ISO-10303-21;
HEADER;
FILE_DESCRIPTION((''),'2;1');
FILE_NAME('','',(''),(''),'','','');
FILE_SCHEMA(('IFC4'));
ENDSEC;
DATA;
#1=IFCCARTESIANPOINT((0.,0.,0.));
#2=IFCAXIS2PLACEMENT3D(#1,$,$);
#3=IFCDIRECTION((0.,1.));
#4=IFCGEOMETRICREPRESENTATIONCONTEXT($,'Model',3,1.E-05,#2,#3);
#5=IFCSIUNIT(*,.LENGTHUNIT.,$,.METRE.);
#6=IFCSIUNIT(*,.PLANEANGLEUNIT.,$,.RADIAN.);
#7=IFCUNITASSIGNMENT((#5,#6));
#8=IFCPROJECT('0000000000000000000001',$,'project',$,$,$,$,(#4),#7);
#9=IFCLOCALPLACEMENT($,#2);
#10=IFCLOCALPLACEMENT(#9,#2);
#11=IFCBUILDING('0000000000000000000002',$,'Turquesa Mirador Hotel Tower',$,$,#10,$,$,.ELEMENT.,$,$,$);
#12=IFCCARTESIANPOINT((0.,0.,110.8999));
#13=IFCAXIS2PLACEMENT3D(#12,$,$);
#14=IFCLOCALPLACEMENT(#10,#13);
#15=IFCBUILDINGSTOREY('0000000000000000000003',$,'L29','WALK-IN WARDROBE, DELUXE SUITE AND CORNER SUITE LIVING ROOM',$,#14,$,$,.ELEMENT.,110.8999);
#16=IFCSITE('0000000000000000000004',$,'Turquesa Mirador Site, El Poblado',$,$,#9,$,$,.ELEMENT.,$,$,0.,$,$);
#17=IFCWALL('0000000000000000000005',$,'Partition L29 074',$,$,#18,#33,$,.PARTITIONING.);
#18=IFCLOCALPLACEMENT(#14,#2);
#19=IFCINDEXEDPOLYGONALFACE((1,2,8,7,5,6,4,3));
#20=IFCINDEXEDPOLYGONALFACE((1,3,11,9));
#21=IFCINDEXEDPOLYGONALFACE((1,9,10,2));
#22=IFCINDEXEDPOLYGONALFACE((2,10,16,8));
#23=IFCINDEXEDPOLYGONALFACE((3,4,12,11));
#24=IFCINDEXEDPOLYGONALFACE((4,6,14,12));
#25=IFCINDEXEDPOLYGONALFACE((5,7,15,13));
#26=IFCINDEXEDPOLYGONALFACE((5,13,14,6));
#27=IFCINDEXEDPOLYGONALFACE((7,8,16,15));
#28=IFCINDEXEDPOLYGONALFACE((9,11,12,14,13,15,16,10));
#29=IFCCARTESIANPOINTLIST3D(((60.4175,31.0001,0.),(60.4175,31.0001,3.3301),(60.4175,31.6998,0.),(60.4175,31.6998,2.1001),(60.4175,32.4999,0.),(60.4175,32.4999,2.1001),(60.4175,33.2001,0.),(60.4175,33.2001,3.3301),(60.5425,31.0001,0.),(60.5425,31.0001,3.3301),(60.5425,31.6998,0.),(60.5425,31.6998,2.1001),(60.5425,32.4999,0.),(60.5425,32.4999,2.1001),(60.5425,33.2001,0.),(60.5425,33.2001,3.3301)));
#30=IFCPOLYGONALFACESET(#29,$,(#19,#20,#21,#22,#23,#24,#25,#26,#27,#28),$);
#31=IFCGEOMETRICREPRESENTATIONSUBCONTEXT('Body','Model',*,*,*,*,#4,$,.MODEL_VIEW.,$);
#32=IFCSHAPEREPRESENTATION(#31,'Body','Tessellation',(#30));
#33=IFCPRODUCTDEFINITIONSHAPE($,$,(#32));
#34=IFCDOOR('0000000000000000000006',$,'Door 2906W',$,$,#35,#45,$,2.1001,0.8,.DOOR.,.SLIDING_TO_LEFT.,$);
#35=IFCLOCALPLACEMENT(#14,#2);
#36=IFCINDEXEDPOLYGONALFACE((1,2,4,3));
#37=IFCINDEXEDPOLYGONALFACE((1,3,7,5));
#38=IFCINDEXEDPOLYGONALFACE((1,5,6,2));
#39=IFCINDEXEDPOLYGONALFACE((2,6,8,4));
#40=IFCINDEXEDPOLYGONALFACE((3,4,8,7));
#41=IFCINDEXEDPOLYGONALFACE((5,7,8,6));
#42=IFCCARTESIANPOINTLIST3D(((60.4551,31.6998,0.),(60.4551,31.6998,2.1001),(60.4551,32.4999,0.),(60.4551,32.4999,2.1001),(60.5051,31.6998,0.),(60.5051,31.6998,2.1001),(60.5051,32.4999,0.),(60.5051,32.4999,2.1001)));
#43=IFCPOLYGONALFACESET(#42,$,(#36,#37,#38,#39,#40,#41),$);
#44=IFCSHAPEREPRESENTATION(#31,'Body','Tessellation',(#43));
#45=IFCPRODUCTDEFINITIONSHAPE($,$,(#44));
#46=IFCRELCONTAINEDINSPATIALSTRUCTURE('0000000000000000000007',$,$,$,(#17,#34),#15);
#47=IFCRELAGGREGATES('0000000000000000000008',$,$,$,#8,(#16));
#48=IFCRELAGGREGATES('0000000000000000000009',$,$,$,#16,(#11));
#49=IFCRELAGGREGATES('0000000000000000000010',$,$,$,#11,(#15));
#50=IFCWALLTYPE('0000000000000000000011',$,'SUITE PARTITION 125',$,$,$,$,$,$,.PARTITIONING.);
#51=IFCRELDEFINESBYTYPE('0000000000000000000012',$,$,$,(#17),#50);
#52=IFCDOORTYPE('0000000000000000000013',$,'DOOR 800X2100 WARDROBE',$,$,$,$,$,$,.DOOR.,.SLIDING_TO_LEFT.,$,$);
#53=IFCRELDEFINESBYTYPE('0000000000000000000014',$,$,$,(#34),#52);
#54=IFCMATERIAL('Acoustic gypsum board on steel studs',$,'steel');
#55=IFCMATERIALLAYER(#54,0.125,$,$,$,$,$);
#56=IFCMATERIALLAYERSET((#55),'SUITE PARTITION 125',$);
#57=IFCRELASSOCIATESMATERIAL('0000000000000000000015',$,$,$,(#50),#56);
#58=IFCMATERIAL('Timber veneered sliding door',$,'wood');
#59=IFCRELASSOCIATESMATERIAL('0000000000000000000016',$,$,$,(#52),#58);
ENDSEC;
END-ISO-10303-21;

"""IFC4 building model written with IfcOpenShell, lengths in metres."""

from ifc_helpers import new_model, si_unit, direction, frame, frame_2d, origin, place, context, subcontext, project, spatial, rectangle, extrude, material, layer, layer_set, type_object, element, fill, save


model = new_model("IFC4")

# Units and contexts
model_context = context("Model", 3, precision=1e-05, world=origin(), true_north=direction((0.0, 1.0)))
body_context = subcontext(model_context, "Body", "Model", "MODEL_VIEW")
ifc_project = project(units=[si_unit("LENGTHUNIT", "METRE"), si_unit("PLANEANGLEUNIT", "RADIAN")], contexts=[model_context])

# Site, building, storey
site_placement = place(None, origin())
site = spatial("IfcSite", under=ifc_project, at=site_placement, Name="Turquesa Mirador Site, El Poblado", CompositionType="ELEMENT", RefElevation=0.0)
building_placement = place(site_placement, origin())
building = spatial("IfcBuilding", under=site, at=building_placement, Name="Turquesa Mirador Hotel Tower", CompositionType="ELEMENT")
storey_placement = place(building_placement, frame((0.0, 0.0, 110.8999)))
storey = spatial("IfcBuildingStorey", under=building, at=storey_placement, Name="L29", Description="WALK-IN WARDROBE, DELUXE SUITE AND CORNER SUITE LIVING ROOM", CompositionType="ELEMENT", Elevation=110.8999)

# Shared definitions
ifc_material_1 = material(Name="Acoustic gypsum board on steel studs", Category="steel")
ifc_layer_1 = layer(ifc_material_1, 0.125)
ifc_layer_set_1 = layer_set([ifc_layer_1], Name="SUITE PARTITION 125")
wall_type_1 = type_object("IfcWallType", Name="SUITE PARTITION 125", PredefinedType="PARTITIONING", material=ifc_layer_set_1)

# Wall, opening, door
wall_1_placement = place(storey_placement, frame((60.48, 31.0, 0.0), z_axis=(0.0, 0.0, 1.0), x_axis=(0.0, 1.0, 0.0)))
wall_1 = element("IfcWall", 1, at=wall_1_placement, inside=storey, type_object=wall_type_1, Name="Partition L29 074", PredefinedType="PARTITIONING", context=body_context, shape_type="SweptSolid", body=[
    extrude(rectangle(XDim=2.2, YDim=0.125, at=frame_2d((1.1001, 0.0))), origin(), (0.0, 0.0, 1.0), 3.3301),
])
opening_1_placement = place(wall_1_placement, frame((0.7, 0.0, 0.0)))
opening_1 = element("IfcOpeningElement", 2, at=opening_1_placement, cuts=wall_1, PredefinedType="OPENING", context=body_context, shape_type="SweptSolid", body=[
    extrude(rectangle(XDim=0.8, YDim=2.1001, at=frame_2d((0.3999, 1.05))), frame((0.0, 0.0725, 0.0), z_axis=(0.0, -1.0, 0.0), x_axis=(1.0, 0.0, 0.0)), (0.0, 0.0, 1.0), 0.145),
])
ifc_material_2 = material(Name="Timber veneered sliding door", Category="wood")
door_type_1 = type_object("IfcDoorType", Name="DOOR 800X2100 WARDROBE", OperationType="SLIDING_TO_LEFT", PredefinedType="DOOR", material=ifc_material_2)
door_1_placement = place(opening_1_placement, origin())
door_1 = element("IfcDoor", 3, at=door_1_placement, inside=storey, type_object=door_type_1, Name="Door 2906W", OperationType="SLIDING_TO_LEFT", OverallHeight=2.1001, OverallWidth=0.8, PredefinedType="DOOR", context=body_context, shape_type="SweptSolid", body=[
    extrude(rectangle(XDim=0.8, YDim=2.1001, at=frame_2d((0.3999, 1.05))), frame((0.0, 0.0249, 0.0), z_axis=(0.0, -1.0, 0.0), x_axis=(1.0, 0.0, 0.0)), (0.0, 0.0, 1.0), 0.05),
])
fill(opening_1, door_1)

save(model, "model.ifc")
